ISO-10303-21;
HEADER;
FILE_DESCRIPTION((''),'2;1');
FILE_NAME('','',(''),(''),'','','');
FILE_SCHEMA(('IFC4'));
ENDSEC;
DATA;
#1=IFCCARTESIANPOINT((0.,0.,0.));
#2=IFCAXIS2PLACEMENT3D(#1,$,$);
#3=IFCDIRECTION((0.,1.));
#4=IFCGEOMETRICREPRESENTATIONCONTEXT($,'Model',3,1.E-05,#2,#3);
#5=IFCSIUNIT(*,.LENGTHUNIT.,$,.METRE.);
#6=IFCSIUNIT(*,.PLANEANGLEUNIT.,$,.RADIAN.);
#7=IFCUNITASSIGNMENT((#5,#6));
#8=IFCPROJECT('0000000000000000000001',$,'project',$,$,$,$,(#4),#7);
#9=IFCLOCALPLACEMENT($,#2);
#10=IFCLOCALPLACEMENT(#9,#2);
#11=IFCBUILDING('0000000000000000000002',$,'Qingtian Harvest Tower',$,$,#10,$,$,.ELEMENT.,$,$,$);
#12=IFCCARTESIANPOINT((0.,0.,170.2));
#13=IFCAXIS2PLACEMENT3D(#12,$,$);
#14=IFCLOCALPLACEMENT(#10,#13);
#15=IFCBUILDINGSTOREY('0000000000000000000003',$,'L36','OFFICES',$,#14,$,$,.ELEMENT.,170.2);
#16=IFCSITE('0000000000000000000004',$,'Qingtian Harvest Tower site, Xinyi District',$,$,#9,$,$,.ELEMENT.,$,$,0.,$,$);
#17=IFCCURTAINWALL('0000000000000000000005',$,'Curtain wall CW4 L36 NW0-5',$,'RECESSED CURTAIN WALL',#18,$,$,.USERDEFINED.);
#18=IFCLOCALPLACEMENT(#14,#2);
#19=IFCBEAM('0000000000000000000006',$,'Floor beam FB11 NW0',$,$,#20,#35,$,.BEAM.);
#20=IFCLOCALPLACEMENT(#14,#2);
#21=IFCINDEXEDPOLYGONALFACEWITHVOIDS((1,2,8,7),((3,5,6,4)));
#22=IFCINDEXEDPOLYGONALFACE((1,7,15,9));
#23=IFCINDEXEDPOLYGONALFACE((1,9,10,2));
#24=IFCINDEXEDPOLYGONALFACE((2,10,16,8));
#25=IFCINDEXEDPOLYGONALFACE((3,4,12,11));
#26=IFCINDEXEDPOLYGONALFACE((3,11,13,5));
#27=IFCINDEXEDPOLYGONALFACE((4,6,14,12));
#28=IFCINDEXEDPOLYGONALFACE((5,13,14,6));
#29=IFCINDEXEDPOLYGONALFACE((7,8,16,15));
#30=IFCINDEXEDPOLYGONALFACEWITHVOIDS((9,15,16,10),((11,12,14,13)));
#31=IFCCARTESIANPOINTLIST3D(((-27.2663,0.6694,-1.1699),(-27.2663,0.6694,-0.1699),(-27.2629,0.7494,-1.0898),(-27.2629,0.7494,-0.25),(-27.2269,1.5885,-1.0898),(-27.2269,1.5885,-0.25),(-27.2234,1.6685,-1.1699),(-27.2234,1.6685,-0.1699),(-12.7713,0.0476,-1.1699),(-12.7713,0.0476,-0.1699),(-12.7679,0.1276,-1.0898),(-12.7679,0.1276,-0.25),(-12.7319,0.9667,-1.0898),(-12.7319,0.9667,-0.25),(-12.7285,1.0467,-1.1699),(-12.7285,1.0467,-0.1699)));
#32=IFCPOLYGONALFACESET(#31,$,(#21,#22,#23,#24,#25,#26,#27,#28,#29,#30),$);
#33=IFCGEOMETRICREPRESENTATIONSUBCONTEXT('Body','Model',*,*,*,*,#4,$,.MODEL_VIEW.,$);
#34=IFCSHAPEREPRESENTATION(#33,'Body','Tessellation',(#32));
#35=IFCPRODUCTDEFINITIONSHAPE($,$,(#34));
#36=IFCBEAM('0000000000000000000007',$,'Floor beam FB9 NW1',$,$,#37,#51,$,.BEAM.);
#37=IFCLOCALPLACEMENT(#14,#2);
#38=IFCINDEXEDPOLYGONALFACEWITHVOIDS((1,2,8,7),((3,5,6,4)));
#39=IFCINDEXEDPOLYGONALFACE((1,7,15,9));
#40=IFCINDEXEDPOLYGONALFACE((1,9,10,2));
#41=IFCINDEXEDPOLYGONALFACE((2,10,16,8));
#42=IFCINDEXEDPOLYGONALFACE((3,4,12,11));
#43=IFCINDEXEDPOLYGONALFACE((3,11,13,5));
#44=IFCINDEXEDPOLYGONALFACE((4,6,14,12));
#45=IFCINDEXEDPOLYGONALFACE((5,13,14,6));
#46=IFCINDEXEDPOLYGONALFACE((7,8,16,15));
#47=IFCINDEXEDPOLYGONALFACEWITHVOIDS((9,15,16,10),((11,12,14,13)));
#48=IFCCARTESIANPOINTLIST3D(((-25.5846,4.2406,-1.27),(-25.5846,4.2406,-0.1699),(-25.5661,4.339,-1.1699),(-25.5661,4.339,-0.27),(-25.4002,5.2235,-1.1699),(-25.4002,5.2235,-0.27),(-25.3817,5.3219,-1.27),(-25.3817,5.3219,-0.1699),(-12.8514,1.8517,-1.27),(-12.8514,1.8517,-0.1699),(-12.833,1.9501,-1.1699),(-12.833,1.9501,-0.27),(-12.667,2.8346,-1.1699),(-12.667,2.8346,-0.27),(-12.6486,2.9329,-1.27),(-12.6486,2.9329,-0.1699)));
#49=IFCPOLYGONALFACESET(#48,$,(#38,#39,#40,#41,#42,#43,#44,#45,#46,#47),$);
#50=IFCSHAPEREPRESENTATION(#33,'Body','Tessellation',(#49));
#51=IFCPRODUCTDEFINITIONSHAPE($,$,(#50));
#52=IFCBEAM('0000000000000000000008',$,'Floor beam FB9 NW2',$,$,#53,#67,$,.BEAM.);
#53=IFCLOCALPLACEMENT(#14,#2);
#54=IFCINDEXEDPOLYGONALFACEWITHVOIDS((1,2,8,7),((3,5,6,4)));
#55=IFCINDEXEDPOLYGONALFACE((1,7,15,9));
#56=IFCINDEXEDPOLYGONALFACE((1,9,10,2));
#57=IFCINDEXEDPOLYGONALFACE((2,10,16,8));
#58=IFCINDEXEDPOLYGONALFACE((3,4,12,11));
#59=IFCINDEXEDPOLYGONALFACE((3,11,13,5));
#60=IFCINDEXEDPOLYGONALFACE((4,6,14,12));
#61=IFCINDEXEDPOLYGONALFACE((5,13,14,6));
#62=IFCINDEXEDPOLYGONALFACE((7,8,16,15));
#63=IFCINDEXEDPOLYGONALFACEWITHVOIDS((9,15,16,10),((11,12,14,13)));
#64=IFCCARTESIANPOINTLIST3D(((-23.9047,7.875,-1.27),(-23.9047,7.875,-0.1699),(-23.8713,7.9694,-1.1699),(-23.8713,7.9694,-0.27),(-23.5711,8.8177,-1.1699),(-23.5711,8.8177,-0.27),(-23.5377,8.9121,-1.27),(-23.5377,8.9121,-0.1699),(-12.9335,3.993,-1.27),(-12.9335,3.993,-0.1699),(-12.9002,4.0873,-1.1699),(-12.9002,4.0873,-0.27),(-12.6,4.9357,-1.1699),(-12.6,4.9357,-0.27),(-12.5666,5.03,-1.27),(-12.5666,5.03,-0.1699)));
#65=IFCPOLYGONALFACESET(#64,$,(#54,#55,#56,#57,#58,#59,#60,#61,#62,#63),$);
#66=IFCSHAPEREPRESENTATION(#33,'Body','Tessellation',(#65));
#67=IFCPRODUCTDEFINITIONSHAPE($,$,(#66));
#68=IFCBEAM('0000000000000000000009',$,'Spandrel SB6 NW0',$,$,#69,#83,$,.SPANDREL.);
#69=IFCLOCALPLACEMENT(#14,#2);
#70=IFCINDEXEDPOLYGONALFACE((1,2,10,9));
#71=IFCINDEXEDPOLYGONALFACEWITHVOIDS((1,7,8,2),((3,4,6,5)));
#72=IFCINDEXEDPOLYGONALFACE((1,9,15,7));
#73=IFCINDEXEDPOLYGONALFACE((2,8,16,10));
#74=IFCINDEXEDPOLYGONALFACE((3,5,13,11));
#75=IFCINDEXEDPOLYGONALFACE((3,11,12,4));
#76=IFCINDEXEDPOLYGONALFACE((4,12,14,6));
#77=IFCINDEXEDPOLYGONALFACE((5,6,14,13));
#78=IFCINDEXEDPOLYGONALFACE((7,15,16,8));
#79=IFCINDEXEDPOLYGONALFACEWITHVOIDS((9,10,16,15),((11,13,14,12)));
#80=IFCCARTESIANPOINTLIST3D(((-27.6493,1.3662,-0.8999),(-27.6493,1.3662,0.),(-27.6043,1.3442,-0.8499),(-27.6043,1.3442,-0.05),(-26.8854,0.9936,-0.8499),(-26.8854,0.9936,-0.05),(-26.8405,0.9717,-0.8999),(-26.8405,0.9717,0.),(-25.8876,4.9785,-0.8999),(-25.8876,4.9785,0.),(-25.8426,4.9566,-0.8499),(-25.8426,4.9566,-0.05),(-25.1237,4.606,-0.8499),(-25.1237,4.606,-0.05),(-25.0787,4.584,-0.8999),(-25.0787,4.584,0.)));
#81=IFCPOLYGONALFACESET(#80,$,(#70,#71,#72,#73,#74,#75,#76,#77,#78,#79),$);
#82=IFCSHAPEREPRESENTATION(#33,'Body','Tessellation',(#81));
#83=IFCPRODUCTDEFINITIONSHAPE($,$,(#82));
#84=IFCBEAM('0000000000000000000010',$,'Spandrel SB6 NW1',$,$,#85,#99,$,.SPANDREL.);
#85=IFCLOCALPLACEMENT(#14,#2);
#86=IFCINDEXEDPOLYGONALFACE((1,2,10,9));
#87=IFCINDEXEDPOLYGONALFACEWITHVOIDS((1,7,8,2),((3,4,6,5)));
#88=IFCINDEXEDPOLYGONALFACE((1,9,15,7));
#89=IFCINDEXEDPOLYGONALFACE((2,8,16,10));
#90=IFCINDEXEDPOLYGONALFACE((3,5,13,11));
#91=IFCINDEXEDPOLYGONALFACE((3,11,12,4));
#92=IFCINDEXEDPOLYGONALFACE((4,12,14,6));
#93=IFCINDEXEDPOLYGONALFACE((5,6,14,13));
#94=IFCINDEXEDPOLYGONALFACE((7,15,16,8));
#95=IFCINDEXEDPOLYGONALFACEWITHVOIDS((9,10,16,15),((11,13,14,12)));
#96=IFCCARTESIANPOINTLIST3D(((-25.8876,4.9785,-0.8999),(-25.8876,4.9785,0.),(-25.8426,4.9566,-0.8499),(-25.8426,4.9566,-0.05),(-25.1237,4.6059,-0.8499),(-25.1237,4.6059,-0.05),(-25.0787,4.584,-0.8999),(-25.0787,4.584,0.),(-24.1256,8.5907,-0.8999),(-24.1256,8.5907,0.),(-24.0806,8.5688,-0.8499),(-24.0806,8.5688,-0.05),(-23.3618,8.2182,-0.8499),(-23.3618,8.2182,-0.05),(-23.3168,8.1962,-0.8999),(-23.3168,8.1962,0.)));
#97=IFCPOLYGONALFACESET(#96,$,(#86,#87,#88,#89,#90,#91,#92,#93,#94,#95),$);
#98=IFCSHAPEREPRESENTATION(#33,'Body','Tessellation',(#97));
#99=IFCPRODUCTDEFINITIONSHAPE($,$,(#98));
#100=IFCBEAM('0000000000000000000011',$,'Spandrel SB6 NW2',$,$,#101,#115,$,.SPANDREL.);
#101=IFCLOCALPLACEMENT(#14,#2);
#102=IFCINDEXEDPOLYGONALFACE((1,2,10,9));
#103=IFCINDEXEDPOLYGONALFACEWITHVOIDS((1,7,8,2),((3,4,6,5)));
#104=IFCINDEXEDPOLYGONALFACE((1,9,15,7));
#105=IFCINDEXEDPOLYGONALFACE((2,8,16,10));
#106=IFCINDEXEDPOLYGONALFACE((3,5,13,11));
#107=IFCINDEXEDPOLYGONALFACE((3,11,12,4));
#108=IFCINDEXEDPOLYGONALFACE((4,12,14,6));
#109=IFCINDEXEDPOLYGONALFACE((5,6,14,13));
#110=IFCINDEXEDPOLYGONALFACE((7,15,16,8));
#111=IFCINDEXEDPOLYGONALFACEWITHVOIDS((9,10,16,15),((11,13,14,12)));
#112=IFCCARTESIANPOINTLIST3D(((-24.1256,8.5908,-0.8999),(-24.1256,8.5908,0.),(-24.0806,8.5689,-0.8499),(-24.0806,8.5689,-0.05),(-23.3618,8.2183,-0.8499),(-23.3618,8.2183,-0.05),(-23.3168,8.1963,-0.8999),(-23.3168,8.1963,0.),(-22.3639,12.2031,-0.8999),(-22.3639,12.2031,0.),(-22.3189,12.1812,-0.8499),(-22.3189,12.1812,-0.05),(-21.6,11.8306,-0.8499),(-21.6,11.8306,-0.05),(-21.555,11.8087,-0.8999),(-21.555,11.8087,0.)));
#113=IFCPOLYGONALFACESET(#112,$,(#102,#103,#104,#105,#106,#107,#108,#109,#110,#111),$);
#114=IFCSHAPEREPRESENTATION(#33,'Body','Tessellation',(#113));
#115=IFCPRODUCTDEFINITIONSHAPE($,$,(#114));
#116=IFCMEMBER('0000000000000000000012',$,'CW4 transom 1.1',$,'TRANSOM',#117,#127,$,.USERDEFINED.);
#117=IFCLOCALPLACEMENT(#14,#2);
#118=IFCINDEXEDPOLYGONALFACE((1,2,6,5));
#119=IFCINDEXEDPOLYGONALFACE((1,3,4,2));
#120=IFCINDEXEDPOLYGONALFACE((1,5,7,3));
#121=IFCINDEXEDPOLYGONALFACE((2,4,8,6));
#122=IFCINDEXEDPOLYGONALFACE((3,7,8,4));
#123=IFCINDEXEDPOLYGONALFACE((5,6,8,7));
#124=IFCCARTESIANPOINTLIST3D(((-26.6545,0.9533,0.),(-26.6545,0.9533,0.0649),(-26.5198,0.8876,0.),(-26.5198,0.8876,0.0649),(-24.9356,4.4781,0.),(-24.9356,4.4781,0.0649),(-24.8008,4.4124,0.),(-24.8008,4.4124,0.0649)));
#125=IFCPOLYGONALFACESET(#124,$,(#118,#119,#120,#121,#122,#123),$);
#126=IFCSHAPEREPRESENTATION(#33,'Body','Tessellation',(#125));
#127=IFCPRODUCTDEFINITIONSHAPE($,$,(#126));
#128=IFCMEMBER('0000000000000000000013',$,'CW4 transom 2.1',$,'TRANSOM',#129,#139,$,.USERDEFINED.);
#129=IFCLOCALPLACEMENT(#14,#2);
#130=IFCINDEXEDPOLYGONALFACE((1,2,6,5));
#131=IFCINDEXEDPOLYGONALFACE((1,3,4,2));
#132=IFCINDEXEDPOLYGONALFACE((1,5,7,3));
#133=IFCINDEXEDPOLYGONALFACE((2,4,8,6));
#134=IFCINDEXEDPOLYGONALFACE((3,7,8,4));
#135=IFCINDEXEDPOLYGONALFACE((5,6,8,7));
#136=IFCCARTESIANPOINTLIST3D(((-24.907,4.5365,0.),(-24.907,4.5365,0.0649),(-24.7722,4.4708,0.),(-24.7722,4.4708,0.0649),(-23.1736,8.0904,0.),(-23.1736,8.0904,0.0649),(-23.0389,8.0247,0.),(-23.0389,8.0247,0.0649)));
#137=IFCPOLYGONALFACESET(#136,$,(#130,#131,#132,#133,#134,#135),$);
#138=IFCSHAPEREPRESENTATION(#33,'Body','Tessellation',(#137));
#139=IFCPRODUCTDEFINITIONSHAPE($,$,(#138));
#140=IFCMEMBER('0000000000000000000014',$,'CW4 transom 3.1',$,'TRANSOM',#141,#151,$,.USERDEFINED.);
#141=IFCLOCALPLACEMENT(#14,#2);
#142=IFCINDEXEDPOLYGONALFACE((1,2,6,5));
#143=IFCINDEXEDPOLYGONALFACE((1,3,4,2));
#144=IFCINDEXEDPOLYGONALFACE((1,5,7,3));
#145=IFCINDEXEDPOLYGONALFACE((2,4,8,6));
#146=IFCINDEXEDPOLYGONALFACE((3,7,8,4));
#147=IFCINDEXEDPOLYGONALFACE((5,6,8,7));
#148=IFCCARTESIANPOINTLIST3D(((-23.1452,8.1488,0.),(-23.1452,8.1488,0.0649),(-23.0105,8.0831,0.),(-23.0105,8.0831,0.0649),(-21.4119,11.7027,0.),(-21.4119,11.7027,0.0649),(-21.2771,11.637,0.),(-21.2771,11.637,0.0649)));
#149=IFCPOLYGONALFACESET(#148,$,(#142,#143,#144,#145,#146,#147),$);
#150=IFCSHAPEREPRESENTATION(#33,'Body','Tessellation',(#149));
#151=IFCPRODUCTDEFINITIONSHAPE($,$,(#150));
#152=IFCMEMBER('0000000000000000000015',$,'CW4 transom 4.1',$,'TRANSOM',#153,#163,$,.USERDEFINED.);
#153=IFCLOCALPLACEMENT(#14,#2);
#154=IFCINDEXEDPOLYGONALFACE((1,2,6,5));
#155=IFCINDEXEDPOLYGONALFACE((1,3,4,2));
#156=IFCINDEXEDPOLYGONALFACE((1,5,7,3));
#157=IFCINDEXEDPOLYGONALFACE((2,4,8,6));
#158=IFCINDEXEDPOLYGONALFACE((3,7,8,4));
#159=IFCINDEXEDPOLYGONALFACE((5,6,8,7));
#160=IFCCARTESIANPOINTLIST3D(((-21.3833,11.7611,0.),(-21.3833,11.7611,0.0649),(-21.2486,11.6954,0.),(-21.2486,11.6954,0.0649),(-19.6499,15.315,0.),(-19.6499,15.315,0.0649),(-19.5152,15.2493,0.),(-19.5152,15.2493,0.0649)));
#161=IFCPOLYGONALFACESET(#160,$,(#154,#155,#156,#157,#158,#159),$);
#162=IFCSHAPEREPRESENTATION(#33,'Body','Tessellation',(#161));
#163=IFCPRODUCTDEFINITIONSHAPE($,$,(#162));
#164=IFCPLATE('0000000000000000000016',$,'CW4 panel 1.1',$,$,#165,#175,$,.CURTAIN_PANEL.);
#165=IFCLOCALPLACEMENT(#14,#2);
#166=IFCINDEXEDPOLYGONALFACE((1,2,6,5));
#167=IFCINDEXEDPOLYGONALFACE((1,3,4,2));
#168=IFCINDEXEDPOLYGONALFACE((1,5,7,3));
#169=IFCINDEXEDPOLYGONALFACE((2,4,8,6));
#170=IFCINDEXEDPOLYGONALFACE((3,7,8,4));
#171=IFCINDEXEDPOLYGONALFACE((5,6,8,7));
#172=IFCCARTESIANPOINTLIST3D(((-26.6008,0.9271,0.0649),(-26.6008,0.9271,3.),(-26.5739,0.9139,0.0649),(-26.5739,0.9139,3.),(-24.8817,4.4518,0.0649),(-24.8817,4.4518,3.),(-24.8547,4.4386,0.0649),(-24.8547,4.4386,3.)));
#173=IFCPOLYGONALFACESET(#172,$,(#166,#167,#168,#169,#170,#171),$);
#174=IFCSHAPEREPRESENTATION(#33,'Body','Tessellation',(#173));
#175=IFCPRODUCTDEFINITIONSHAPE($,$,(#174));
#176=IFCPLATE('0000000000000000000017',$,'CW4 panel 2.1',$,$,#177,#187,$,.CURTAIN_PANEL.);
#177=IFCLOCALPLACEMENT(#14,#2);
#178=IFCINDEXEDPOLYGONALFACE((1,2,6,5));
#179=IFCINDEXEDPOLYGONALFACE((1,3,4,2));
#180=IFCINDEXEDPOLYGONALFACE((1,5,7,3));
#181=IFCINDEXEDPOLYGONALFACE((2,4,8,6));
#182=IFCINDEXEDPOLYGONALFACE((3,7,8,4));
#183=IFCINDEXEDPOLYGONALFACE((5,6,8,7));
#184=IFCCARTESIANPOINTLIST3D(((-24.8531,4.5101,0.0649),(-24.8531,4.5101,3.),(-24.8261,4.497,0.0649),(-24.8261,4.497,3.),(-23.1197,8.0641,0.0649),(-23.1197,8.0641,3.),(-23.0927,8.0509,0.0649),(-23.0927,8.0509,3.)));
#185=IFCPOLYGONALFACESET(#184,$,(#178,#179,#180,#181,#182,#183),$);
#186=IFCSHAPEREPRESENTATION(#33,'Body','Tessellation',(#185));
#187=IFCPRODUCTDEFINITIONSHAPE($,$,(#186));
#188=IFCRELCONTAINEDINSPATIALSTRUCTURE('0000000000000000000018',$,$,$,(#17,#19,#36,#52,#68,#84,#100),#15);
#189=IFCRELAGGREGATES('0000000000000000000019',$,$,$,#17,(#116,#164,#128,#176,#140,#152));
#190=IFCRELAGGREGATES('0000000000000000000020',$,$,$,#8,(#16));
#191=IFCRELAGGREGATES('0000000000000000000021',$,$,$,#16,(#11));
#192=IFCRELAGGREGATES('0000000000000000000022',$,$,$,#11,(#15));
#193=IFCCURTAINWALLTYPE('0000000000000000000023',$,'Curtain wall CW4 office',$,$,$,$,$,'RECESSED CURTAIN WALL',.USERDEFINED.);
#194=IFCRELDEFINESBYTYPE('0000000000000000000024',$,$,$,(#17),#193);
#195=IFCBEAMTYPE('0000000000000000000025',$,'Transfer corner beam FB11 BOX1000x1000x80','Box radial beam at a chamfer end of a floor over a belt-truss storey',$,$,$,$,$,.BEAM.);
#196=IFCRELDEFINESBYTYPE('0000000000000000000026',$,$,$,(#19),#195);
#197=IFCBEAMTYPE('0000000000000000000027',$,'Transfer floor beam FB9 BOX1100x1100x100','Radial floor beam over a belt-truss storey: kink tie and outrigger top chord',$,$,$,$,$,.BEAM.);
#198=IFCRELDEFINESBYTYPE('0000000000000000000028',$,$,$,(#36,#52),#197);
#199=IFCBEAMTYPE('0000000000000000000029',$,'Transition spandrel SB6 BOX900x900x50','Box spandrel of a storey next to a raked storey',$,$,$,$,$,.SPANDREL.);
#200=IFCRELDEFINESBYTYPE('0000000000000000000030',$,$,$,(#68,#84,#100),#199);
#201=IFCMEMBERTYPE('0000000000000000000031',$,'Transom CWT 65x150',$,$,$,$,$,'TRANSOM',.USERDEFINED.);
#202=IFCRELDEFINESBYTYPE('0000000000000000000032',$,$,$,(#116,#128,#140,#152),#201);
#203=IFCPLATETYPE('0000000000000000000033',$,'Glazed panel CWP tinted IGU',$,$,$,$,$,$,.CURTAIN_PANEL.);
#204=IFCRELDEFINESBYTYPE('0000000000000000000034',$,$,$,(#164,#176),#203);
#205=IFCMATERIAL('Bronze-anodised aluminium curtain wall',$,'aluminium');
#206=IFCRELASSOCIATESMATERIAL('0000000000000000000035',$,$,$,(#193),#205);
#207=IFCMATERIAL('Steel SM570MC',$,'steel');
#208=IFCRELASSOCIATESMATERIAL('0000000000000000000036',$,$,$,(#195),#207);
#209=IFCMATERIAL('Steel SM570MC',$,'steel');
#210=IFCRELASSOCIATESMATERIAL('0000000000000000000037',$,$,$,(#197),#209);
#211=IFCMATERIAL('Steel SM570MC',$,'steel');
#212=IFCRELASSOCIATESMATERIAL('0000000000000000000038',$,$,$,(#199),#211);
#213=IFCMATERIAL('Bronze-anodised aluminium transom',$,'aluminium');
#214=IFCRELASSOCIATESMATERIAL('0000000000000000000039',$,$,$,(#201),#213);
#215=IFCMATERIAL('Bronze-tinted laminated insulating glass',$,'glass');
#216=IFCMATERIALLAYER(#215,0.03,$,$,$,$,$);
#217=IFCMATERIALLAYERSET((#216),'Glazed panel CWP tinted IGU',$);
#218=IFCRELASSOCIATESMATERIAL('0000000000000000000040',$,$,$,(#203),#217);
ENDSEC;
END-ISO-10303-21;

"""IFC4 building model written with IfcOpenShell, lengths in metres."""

from ifc_helpers import new_model, si_unit, direction, frame, origin, origin_2d, place, context, subcontext, project, spatial, rectangle, hollow_rectangle, extrude, material, layer, layer_set, material_profile, profile_set, type_object, element, aggregate, save


model = new_model("IFC4")

# Units and contexts
model_context = context("Model", 3, precision=1e-05, world=origin(), true_north=direction((0.0, 1.0)))
body_context = subcontext(model_context, "Body", "Model", "MODEL_VIEW")
ifc_project = project(units=[si_unit("LENGTHUNIT", "METRE"), si_unit("PLANEANGLEUNIT", "RADIAN")], contexts=[model_context])

# Site, building, storey
site_placement = place(None, origin())
site = spatial("IfcSite", under=ifc_project, at=site_placement, Name="Qingtian Harvest Tower site, Xinyi District", CompositionType="ELEMENT", RefElevation=0.0)
building_placement = place(site_placement, origin())
building = spatial("IfcBuilding", under=site, at=building_placement, Name="Qingtian Harvest Tower", CompositionType="ELEMENT")
storey_placement = place(building_placement, frame((0.0, 0.0, 170.2)))
storey = spatial("IfcBuildingStorey", under=building, at=storey_placement, Name="L36", Description="OFFICES", CompositionType="ELEMENT", Elevation=170.2)

# Shared definitions
ifc_material_1 = material(Name="Bronze-anodised aluminium curtain wall", Category="aluminium")
curtain_wall_type = type_object("IfcCurtainWallType", Name="Curtain wall CW4 office", ElementType="RECESSED CURTAIN WALL", PredefinedType="USERDEFINED", material=ifc_material_1)

# Curtain wall
curtain_wall_1_placement = place(storey_placement, origin())
curtain_wall_1 = element("IfcCurtainWall", 1, at=curtain_wall_1_placement, inside=storey, type_object=curtain_wall_type, Name="Curtain wall CW4 L36 NW0-5", ObjectType="RECESSED CURTAIN WALL", PredefinedType="USERDEFINED")

# Beams
ifc_material_2 = material(Name="Steel SM570MC", Category="steel")
ifc_material_profile_1 = material_profile(ifc_material_2, hollow_rectangle(XDim=1.0, YDim=1.0, WallThickness=0.0801, at=origin_2d()), Name="BOX1000x1000x80")
ifc_profile_set_1 = profile_set([ifc_material_profile_1], Name="Steel SM570MC")
beam_type_1 = type_object("IfcBeamType", Name="Transfer corner beam FB11 BOX1000x1000x80", Description="Box radial beam at a chamfer end of a floor over a belt-truss storey", PredefinedType="BEAM", material=ifc_profile_set_1)
beam_1_placement = place(storey_placement, frame((-27.2449, 1.1689, -0.6699), z_axis=(0.999081, -0.04286, 0.0), x_axis=(0.04286, 0.999081, 0.0)))
element("IfcBeam", 2, at=beam_1_placement, inside=storey, type_object=beam_type_1, Name="Floor beam FB11 NW0", PredefinedType="BEAM", context=body_context, shape_type="SweptSolid", body=[
    extrude(hollow_rectangle(XDim=1.0, YDim=1.0, WallThickness=0.0801, at=origin_2d()), origin(), (0.0, 0.0, 1.0), 14.5083),
])
ifc_material_3 = material(Name="Steel SM570MC", Category="steel")
ifc_material_profile_2 = material_profile(ifc_material_3, hollow_rectangle(XDim=1.1001, YDim=1.1001, WallThickness=0.1001, at=origin_2d()), Name="BOX1100x1100x100")
ifc_profile_set_2 = profile_set([ifc_material_profile_2], Name="Steel SM570MC")
beam_type_2 = type_object("IfcBeamType", Name="Transfer floor beam FB9 BOX1100x1100x100", Description="Radial floor beam over a belt-truss storey: kink tie and outrigger top chord", PredefinedType="BEAM", material=ifc_profile_set_2)
beam_2_placement = place(storey_placement, frame((-25.4832, 4.7812, -0.72), z_axis=(0.982852, -0.184397, 0.0), x_axis=(0.184397, 0.982852, 0.0)))
element("IfcBeam", 3, at=beam_2_placement, inside=storey, type_object=beam_type_2, Name="Floor beam FB9 NW1", PredefinedType="BEAM", context=body_context, shape_type="SweptSolid", body=[
    extrude(hollow_rectangle(XDim=1.1001, YDim=1.1001, WallThickness=0.1001, at=origin_2d()), origin(), (0.0, 0.0, 1.0), 12.9553),
])
beam_3_placement = place(storey_placement, frame((-23.7212, 8.3936, -0.72), z_axis=(0.942723, -0.333576, 0.0), x_axis=(0.333576, 0.942723, 0.0)))
element("IfcBeam", 4, at=beam_3_placement, inside=storey, type_object=beam_type_2, Name="Floor beam FB9 NW2", PredefinedType="BEAM", context=body_context, shape_type="SweptSolid", body=[
    extrude(hollow_rectangle(XDim=1.1001, YDim=1.1001, WallThickness=0.1001, at=origin_2d()), origin(), (0.0, 0.0, 1.0), 11.6377),
])
ifc_material_4 = material(Name="Steel SM570MC", Category="steel")
ifc_material_profile_3 = material_profile(ifc_material_4, hollow_rectangle(XDim=0.8999, YDim=0.8999, WallThickness=0.05, at=origin_2d()), Name="BOX900x900x50")
ifc_profile_set_3 = profile_set([ifc_material_profile_3], Name="Steel SM570MC")
beam_type_3 = type_object("IfcBeamType", Name="Transition spandrel SB6 BOX900x900x50", Description="Box spandrel of a storey next to a raked storey", PredefinedType="SPANDREL", material=ifc_profile_set_3)
for number, where, z_axis, x_axis, name in (
    (5, (-27.2449, 1.1689, -0.45), (0.438347, 0.898806, 0.0), (-0.898806, 0.438347, 0.0), "Spandrel SB6 NW0"),
    (6, (-25.4832, 4.7812, -0.45), (0.438396, 0.898782, 0.0), (-0.898782, 0.438396, 0.0), "Spandrel SB6 NW1"),
    (7, (-23.7212, 8.3936, -0.45), (0.438347, 0.898806, 0.0), (-0.898806, 0.438347, 0.0), "Spandrel SB6 NW2"),
):
    element("IfcBeam", number, at=place(storey_placement, frame(where, z_axis=z_axis, x_axis=x_axis)), inside=storey, type_object=beam_type_3, Name=name, PredefinedType="SPANDREL", context=body_context, shape_type="SweptSolid", body=[
        extrude(hollow_rectangle(XDim=0.8999, YDim=0.8999, WallThickness=0.05, at=origin_2d()), origin(), (0.0, 0.0, 1.0), 4.019),
    ])

# Members
ifc_material_5 = material(Name="Bronze-anodised aluminium transom", Category="aluminium")
ifc_material_profile_4 = material_profile(ifc_material_5, rectangle(XDim=0.1499, YDim=0.0649, at=origin_2d()), Name="AL 65x150")
ifc_profile_set_4 = profile_set([ifc_material_profile_4], Name="Bronze-anodised aluminium transom")
member_type_1 = type_object("IfcMemberType", Name="Transom CWT 65x150", ElementType="TRANSOM", PredefinedType="USERDEFINED", material=ifc_profile_set_4)
member_1_placement = place(storey_placement, frame((-26.5872, 0.9204, 0.0325), z_axis=(0.438327, 0.898816, 0.0), x_axis=(-0.898816, 0.438327, 0.0)))
member_1 = element("IfcMember", 8, at=member_1_placement, type_object=member_type_1, Name="CW4 transom 1.1", ObjectType="TRANSOM", PredefinedType="USERDEFINED", context=body_context, shape_type="SweptSolid", body=[
    extrude(rectangle(XDim=0.1499, YDim=0.0649, at=origin_2d()), origin(), (0.0, 0.0, 1.0), 3.9216),
])
member_2_placement = place(storey_placement, frame((-24.8396, 4.5037, 0.0325), z_axis=(0.438375, 0.898792, 0.0), x_axis=(-0.898792, 0.438375, 0.0)))
member_2 = element("IfcMember", 9, at=member_2_placement, type_object=member_type_1, Name="CW4 transom 2.1", ObjectType="TRANSOM", PredefinedType="USERDEFINED", context=body_context, shape_type="SweptSolid", body=[
    extrude(rectangle(XDim=0.1499, YDim=0.0649, at=origin_2d()), origin(), (0.0, 0.0, 1.0), 3.9541),
])
member_3_placement = place(storey_placement, frame((-23.0779, 8.116, 0.0325), z_axis=(0.438375, 0.898792, 0.0), x_axis=(-0.898792, 0.438375, 0.0)))
member_3 = element("IfcMember", 10, at=member_3_placement, type_object=member_type_1, Name="CW4 transom 3.1", ObjectType="TRANSOM", PredefinedType="USERDEFINED", context=body_context, shape_type="SweptSolid", body=[
    extrude(rectangle(XDim=0.1499, YDim=0.0649, at=origin_2d()), origin(), (0.0, 0.0, 1.0), 3.9541),
])
member_4_placement = place(storey_placement, frame((-21.3159, 11.7283, 0.0325), z_axis=(0.438375, 0.898792, 0.0), x_axis=(-0.898792, 0.438375, 0.0)))
member_4 = element("IfcMember", 11, at=member_4_placement, type_object=member_type_1, Name="CW4 transom 4.1", ObjectType="TRANSOM", PredefinedType="USERDEFINED", context=body_context, shape_type="SweptSolid", body=[
    extrude(rectangle(XDim=0.1499, YDim=0.0649, at=origin_2d()), origin(), (0.0, 0.0, 1.0), 3.9541),
])

# Plates
ifc_material_6 = material(Name="Bronze-tinted laminated insulating glass", Category="glass")
ifc_layer_1 = layer(ifc_material_6, 0.03)
ifc_layer_set_1 = layer_set([ifc_layer_1], Name="Glazed panel CWP tinted IGU")
plate_type = type_object("IfcPlateType", Name="Glazed panel CWP tinted IGU", PredefinedType="CURTAIN_PANEL", material=ifc_layer_set_1)
plate_1_placement = place(storey_placement, frame((-25.7278, 2.6829, 0.0649), z_axis=(0.0, 0.0, 1.0), x_axis=(0.438371, 0.898794, 0.0)))
plate_1 = element("IfcPlate", 12, at=plate_1_placement, type_object=plate_type, Name="CW4 panel 1.1", PredefinedType="CURTAIN_PANEL", context=body_context, shape_type="SweptSolid", body=[
    extrude(rectangle(XDim=3.9216, YDim=0.03, at=origin_2d()), origin(), (0.0, 0.0, 1.0), 2.9351),
])
plate_2_placement = place(storey_placement, frame((-23.9729, 6.2805, 0.0649), z_axis=(0.0, 0.0, 1.0), x_axis=(0.438371, 0.898794, 0.0)))
plate_2 = element("IfcPlate", 13, at=plate_2_placement, type_object=plate_type, Name="CW4 panel 2.1", PredefinedType="CURTAIN_PANEL", context=body_context, shape_type="SweptSolid", body=[
    extrude(rectangle(XDim=3.9541, YDim=0.03, at=origin_2d()), origin(), (0.0, 0.0, 1.0), 2.9351),
])
aggregate(curtain_wall_1, [member_1, plate_1, member_2, plate_2, member_3, member_4])

save(model, "model.ifc")
